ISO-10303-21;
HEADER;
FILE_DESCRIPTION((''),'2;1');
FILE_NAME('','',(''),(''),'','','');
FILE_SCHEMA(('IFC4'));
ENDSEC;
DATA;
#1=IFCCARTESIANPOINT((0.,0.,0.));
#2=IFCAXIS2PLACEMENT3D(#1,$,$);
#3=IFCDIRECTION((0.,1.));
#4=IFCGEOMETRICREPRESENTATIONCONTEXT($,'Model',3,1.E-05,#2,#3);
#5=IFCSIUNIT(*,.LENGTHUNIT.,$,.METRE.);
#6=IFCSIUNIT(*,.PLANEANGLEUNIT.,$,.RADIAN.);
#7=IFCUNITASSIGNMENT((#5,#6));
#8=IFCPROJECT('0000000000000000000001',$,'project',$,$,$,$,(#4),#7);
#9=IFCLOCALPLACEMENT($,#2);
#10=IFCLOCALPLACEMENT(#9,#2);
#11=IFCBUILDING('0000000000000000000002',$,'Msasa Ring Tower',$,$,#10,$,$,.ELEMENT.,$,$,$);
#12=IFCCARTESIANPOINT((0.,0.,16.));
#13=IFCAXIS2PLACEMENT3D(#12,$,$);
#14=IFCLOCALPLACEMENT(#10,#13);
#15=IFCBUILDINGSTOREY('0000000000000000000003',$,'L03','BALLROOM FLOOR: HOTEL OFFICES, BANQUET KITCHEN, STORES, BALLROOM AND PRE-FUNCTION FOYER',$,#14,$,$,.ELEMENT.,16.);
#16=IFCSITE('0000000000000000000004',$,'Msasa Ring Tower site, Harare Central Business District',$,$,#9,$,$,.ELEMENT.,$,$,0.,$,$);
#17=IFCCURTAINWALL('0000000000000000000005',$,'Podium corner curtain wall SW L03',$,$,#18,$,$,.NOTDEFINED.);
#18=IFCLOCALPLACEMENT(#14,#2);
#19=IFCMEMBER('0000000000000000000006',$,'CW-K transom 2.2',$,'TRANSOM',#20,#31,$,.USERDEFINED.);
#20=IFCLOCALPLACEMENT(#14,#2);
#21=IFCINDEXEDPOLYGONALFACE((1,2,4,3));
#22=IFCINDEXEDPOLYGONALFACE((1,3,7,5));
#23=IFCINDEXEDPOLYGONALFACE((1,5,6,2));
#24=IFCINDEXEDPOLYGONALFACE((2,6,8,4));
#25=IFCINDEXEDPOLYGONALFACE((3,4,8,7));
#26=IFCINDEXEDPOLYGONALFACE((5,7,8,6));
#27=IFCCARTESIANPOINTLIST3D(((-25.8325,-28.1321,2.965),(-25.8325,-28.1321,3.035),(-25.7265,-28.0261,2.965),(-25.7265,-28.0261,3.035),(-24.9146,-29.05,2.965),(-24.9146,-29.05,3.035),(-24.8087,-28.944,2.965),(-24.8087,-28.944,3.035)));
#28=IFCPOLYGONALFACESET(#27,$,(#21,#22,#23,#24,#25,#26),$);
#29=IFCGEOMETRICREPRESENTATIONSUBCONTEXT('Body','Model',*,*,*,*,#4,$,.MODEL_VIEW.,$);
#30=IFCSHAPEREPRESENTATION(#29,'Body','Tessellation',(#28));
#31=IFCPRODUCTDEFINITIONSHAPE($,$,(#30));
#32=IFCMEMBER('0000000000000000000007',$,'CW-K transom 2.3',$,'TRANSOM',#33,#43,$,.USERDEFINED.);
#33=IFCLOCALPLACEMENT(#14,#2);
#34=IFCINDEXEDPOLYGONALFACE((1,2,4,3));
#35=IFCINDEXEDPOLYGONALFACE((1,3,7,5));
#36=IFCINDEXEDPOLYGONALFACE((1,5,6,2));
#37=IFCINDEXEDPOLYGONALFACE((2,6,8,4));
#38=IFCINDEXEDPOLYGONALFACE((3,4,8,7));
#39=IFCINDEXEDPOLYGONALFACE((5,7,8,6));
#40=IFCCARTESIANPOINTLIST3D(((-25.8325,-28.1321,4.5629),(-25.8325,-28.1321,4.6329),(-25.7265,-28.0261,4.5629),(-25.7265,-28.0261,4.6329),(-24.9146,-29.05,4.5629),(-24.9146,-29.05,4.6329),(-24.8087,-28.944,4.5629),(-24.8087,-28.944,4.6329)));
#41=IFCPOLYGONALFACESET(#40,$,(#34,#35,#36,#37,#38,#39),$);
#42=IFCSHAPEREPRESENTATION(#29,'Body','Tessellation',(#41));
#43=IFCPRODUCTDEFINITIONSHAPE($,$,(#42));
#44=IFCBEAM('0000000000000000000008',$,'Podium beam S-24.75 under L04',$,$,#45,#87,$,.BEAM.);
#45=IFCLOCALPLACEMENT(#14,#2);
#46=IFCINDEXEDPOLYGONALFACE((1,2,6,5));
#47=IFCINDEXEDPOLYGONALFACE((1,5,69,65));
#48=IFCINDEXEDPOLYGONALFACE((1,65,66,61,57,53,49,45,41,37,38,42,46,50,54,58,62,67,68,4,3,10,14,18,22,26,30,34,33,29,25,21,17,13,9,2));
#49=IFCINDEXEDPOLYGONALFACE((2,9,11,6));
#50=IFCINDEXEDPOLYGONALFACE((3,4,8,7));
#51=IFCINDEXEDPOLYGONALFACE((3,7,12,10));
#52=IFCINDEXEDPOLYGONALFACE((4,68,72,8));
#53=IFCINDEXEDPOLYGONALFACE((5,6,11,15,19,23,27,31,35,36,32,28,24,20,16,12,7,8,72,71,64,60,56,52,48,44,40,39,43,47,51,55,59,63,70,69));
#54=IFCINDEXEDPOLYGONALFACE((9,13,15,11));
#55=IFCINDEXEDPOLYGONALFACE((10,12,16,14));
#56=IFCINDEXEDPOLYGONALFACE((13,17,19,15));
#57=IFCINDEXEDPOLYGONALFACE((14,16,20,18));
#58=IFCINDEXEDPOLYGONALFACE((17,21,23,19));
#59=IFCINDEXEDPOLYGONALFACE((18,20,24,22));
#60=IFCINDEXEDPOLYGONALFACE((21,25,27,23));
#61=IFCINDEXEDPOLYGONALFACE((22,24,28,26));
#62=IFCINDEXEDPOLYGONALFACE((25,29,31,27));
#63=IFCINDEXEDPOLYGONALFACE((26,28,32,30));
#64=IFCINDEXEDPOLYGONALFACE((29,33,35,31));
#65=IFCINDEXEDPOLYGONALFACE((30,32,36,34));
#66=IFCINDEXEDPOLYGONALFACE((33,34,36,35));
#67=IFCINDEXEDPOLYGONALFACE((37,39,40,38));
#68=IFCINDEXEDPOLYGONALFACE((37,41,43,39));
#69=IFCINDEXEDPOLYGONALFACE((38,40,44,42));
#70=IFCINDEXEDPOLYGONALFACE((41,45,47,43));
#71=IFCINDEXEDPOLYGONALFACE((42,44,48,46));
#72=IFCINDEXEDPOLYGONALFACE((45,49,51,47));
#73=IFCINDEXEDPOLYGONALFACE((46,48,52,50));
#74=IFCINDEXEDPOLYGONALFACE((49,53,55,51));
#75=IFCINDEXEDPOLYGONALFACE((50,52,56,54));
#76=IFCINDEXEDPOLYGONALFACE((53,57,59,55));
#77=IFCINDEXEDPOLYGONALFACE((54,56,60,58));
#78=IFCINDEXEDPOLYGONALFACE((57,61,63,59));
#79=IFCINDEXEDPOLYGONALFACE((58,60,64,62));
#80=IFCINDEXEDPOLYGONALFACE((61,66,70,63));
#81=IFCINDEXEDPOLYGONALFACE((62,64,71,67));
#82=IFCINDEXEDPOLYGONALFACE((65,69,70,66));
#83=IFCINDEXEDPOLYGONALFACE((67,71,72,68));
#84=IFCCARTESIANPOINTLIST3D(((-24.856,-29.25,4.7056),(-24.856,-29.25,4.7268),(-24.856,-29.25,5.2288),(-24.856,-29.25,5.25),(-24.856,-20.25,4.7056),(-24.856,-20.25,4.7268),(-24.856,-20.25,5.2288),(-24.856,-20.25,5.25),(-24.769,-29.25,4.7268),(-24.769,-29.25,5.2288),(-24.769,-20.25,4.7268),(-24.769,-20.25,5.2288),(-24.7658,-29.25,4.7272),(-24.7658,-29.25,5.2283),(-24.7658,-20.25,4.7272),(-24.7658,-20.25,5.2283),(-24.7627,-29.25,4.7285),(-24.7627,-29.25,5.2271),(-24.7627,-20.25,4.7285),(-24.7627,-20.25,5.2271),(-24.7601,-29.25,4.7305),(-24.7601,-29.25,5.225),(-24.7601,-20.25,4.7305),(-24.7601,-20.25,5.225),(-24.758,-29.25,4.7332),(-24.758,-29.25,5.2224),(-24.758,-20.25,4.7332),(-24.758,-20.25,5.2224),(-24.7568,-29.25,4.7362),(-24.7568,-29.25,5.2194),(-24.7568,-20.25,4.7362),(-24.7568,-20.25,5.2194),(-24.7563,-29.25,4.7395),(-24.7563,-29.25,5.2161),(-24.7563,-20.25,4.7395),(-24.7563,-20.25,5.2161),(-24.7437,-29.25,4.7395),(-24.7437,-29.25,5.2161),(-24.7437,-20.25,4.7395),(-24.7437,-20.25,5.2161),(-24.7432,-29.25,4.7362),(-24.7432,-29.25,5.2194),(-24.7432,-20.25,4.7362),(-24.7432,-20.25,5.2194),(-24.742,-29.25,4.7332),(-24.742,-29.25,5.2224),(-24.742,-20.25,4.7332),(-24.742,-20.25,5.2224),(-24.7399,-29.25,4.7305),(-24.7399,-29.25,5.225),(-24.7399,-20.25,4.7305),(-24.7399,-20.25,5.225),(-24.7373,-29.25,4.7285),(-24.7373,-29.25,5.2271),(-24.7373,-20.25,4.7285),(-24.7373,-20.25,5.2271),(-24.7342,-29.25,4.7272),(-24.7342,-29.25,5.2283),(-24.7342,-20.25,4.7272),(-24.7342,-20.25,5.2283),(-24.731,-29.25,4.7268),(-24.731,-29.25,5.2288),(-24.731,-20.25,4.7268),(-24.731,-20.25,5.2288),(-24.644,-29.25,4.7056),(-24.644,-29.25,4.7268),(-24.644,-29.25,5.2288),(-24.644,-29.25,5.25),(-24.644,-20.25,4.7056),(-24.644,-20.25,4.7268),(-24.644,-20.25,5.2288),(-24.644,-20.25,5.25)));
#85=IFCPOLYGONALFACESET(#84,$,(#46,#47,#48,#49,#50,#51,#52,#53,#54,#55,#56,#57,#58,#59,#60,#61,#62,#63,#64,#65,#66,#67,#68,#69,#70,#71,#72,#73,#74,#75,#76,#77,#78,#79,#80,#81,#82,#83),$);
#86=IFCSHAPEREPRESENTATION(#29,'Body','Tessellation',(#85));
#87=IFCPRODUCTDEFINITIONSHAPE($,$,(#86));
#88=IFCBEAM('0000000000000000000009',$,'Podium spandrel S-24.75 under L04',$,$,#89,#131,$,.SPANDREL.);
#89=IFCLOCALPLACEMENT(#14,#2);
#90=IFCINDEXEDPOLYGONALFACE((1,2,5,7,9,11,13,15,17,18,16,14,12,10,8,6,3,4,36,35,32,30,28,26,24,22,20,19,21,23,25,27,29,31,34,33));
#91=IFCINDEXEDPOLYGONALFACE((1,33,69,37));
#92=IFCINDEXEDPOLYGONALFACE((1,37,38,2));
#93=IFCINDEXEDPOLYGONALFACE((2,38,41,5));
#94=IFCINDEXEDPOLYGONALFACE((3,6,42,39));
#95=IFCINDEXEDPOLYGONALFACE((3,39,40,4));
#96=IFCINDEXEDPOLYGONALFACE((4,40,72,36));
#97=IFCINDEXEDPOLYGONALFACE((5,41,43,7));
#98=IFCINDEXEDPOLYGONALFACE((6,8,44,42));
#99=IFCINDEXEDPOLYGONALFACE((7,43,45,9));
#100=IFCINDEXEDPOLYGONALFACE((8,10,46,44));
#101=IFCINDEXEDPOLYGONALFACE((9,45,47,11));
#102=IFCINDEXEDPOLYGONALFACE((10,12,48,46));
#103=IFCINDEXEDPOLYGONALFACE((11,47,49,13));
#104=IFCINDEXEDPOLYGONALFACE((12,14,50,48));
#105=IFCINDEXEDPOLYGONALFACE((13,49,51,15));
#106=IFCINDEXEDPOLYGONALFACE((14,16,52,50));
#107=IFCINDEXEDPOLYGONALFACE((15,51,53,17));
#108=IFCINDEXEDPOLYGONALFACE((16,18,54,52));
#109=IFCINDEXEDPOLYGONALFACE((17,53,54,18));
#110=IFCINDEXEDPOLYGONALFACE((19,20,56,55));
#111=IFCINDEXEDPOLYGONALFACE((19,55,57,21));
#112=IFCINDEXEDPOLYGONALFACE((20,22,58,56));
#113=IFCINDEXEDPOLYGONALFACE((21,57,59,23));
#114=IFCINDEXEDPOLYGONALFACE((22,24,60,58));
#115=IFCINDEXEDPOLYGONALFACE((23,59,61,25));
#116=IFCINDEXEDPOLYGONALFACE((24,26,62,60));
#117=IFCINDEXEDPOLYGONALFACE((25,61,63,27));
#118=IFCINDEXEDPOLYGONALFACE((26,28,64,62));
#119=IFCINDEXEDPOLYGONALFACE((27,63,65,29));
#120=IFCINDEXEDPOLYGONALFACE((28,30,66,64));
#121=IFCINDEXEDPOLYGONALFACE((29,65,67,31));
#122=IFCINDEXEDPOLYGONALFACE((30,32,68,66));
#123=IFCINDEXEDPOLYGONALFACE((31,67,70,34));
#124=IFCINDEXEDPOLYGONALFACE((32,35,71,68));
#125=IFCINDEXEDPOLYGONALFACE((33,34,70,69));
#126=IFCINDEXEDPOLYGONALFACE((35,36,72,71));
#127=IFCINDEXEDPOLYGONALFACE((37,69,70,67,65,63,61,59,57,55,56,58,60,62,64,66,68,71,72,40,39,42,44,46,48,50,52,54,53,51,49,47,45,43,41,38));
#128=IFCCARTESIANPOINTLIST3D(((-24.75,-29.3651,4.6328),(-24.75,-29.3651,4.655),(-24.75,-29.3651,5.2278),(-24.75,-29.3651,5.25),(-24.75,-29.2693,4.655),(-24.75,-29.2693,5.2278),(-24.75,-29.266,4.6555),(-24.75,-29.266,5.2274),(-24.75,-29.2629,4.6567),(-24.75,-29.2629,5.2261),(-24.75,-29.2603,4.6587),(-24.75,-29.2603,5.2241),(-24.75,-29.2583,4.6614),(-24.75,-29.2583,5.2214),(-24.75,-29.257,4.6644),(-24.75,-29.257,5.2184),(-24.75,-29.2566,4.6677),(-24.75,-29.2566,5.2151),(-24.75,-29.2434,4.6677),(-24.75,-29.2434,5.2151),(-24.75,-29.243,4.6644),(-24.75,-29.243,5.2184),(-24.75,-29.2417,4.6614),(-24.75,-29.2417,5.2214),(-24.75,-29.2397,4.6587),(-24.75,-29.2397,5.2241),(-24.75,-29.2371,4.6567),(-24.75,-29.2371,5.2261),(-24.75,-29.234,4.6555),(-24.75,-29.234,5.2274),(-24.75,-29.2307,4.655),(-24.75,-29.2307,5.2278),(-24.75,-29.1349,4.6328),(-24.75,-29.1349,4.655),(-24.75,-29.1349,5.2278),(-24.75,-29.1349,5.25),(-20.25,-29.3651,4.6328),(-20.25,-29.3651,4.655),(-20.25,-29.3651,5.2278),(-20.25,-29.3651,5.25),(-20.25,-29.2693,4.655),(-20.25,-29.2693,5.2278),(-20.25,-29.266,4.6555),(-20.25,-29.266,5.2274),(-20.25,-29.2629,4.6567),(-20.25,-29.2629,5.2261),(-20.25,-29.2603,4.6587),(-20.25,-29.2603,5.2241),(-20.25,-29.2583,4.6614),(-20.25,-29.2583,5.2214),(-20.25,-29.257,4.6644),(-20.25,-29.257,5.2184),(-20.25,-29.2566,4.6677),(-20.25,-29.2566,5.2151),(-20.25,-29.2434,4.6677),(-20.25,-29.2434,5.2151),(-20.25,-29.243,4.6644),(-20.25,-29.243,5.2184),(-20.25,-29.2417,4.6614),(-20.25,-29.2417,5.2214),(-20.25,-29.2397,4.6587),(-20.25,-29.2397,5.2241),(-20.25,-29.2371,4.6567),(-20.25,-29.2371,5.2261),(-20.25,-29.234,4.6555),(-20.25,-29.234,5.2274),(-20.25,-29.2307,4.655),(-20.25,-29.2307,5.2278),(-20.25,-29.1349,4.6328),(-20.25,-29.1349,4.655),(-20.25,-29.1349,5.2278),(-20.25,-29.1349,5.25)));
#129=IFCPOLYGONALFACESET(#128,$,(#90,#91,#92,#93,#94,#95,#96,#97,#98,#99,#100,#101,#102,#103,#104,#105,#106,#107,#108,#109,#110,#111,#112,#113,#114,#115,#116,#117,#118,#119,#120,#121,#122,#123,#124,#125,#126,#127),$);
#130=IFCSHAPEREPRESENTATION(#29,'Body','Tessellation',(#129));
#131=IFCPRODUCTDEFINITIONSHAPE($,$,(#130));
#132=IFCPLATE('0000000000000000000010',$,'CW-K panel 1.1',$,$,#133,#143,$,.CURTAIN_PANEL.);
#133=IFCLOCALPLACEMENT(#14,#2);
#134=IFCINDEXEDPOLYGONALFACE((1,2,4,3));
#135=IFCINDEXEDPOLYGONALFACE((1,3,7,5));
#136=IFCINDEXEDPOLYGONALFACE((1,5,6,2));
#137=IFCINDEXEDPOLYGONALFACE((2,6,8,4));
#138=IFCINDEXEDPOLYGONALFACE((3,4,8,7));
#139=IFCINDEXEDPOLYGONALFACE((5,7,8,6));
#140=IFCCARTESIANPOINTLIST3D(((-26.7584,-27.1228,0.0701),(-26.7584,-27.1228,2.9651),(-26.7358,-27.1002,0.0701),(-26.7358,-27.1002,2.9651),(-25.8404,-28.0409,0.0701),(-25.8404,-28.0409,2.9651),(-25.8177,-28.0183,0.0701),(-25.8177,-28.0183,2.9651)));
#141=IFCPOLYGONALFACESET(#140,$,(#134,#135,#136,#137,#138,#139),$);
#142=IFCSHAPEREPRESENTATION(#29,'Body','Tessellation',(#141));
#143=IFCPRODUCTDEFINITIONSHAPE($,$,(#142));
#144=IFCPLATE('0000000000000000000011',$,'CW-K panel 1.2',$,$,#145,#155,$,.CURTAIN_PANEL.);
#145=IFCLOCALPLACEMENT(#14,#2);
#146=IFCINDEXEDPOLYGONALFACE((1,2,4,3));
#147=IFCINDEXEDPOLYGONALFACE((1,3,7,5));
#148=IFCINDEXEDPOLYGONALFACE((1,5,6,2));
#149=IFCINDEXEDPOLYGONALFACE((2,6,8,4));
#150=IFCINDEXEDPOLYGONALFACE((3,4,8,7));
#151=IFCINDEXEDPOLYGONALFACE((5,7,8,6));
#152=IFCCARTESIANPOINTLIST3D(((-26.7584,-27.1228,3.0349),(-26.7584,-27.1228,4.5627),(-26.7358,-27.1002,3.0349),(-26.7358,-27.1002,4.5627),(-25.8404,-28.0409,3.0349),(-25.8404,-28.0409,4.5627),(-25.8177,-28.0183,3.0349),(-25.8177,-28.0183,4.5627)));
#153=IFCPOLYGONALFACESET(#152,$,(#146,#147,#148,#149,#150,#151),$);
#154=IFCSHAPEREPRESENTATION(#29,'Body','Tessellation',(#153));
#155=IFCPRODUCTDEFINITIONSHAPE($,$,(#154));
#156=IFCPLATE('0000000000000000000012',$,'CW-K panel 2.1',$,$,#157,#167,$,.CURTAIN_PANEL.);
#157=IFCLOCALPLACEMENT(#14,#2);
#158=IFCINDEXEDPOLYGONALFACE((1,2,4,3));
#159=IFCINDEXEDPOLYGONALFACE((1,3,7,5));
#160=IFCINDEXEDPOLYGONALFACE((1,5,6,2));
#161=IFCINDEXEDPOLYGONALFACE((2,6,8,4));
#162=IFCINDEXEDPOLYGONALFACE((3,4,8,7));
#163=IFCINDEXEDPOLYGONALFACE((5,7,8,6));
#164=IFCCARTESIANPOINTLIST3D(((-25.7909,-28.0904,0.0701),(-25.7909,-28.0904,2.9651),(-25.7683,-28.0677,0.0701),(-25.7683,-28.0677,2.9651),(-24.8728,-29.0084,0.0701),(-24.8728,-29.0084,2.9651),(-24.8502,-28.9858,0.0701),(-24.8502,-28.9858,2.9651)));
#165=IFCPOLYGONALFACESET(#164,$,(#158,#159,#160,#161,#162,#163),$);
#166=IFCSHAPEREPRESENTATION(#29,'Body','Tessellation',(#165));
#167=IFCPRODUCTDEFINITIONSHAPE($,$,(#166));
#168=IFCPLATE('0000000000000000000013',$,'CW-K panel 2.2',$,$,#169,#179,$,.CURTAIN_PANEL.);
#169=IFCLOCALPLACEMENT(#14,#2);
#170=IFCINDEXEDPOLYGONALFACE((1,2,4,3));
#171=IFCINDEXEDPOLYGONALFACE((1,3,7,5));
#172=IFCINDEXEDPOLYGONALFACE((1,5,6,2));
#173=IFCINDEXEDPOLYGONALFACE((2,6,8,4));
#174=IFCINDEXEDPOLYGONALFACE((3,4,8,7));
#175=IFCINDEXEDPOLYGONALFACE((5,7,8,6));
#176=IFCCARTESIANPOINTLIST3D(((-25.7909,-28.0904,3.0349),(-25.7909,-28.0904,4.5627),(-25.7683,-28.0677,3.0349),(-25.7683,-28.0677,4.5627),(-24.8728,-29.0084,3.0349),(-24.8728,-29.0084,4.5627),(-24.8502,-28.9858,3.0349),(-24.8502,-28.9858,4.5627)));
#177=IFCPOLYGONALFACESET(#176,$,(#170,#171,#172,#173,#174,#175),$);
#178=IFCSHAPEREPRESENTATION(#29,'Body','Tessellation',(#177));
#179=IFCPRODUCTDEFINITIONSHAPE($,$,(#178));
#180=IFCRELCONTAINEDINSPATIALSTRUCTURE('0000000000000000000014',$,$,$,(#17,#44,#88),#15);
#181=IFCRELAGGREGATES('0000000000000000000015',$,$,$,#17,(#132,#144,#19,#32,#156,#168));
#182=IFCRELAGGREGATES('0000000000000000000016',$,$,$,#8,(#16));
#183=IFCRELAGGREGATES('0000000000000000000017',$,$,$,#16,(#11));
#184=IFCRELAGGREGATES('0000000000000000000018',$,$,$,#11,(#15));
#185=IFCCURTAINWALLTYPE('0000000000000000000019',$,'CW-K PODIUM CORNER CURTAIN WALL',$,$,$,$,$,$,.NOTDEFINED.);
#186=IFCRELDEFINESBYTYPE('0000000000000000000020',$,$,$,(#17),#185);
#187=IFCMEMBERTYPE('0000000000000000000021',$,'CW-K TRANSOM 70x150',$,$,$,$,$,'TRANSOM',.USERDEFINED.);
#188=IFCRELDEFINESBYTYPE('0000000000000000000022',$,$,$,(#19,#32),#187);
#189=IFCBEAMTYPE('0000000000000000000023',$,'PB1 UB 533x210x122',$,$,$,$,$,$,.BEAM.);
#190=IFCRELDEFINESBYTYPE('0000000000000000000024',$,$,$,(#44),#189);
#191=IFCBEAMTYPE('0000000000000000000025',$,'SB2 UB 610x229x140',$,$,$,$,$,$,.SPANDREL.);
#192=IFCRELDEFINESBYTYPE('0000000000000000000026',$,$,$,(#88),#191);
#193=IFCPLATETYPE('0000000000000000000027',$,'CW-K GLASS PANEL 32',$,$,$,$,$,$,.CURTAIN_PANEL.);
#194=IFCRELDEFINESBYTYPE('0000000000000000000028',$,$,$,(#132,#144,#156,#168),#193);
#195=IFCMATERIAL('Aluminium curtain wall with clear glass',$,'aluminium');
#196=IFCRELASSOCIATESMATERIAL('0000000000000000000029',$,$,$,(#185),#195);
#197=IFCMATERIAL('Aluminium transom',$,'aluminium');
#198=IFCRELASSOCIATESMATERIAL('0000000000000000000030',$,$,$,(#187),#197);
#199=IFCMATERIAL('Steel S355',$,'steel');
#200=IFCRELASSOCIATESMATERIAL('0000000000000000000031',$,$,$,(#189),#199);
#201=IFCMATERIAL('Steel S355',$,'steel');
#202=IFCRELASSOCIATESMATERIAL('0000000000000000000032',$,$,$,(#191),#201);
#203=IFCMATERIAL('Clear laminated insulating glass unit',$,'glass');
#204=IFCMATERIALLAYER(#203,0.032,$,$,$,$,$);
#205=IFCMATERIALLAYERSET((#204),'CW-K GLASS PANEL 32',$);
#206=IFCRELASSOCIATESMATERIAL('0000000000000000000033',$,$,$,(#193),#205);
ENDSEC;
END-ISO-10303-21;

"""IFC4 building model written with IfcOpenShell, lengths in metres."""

from ifc_helpers import new_model, si_unit, direction, frame, origin, origin_2d, place, context, subcontext, project, spatial, rectangle, i_section, extrude, material, layer, layer_set, material_profile, profile_set, type_object, element, aggregate, save


model = new_model("IFC4")

# Units and contexts
model_context = context("Model", 3, precision=1e-05, world=origin(), true_north=direction((0.0, 1.0)))
body_context = subcontext(model_context, "Body", "Model", "MODEL_VIEW")
ifc_project = project(units=[si_unit("LENGTHUNIT", "METRE"), si_unit("PLANEANGLEUNIT", "RADIAN")], contexts=[model_context])

# Site, building, storey
site_placement = place(None, origin())
site = spatial("IfcSite", under=ifc_project, at=site_placement, Name="Msasa Ring Tower site, Harare Central Business District", CompositionType="ELEMENT", RefElevation=0.0)
building_placement = place(site_placement, origin())
building = spatial("IfcBuilding", under=site, at=building_placement, Name="Msasa Ring Tower", CompositionType="ELEMENT")
storey_placement = place(building_placement, frame((0.0, 0.0, 16.0)))
storey = spatial("IfcBuildingStorey", under=building, at=storey_placement, Name="L03", Description="BALLROOM FLOOR: HOTEL OFFICES, BANQUET KITCHEN, STORES, BALLROOM AND PRE-FUNCTION FOYER", CompositionType="ELEMENT", Elevation=16.0)

# Curtain wall, members
ifc_material_1 = material(Name="Aluminium curtain wall with clear glass", Category="aluminium")
curtain_wall_type = type_object("IfcCurtainWallType", Name="CW-K PODIUM CORNER CURTAIN WALL", PredefinedType="NOTDEFINED", material=ifc_material_1)
curtain_wall_placement = place(storey_placement, origin())
curtain_wall = element("IfcCurtainWall", 1, at=curtain_wall_placement, inside=storey, type_object=curtain_wall_type, Name="Podium corner curtain wall SW L03", PredefinedType="NOTDEFINED")
ifc_material_2 = material(Name="Aluminium transom", Category="aluminium")
ifc_material_profile_1 = material_profile(ifc_material_2, rectangle(XDim=0.1499, YDim=0.0701, at=origin_2d()), Name="AL 70x150")
ifc_profile_set_1 = profile_set([ifc_material_profile_1], Name="Aluminium transom")
member_type_1 = type_object("IfcMemberType", Name="CW-K TRANSOM 70x150", ElementType="TRANSOM", PredefinedType="USERDEFINED", material=ifc_profile_set_1)
member_1_placement = place(storey_placement, frame((-25.7795, -28.0791, 3.0), z_axis=(0.707107, -0.707107, 0.0), x_axis=(0.707107, 0.707107, 0.0)))
member_1 = element("IfcMember", 2, at=member_1_placement, type_object=member_type_1, Name="CW-K transom 2.2", ObjectType="TRANSOM", PredefinedType="USERDEFINED", context=body_context, shape_type="SweptSolid", body=[
    extrude(rectangle(XDim=0.1499, YDim=0.0701, at=origin_2d()), origin(), (0.0, 0.0, 1.0), 1.2981),
])
member_2_placement = place(storey_placement, frame((-25.7795, -28.0791, 4.5979), z_axis=(0.707107, -0.707107, 0.0), x_axis=(0.707107, 0.707107, 0.0)))
member_2 = element("IfcMember", 3, at=member_2_placement, type_object=member_type_1, Name="CW-K transom 2.3", ObjectType="TRANSOM", PredefinedType="USERDEFINED", context=body_context, shape_type="SweptSolid", body=[
    extrude(rectangle(XDim=0.1499, YDim=0.0701, at=origin_2d()), origin(), (0.0, 0.0, 1.0), 1.2981),
])

# Beams
ifc_material_3 = material(Name="Steel S355", Category="steel")
ifc_material_profile_2 = material_profile(ifc_material_3, i_section(OverallWidth=0.2119, OverallDepth=0.5444, WebThickness=0.0127, FlangeThickness=0.0212, FilletRadius=0.0127, at=origin_2d()), Name="UB 533x210x122")
ifc_profile_set_2 = profile_set([ifc_material_profile_2], Name="Steel S355")
beam_type_1 = type_object("IfcBeamType", Name="PB1 UB 533x210x122", PredefinedType="BEAM", material=ifc_profile_set_2)
beam_1_placement = place(storey_placement, frame((-24.75, -29.25, 4.9778), z_axis=(0.0, 1.0, 0.0), x_axis=(-1.0, 0.0, 0.0)))
element("IfcBeam", 4, at=beam_1_placement, inside=storey, type_object=beam_type_1, Name="Podium beam S-24.75 under L04", PredefinedType="BEAM", context=body_context, shape_type="SweptSolid", body=[
    extrude(i_section(OverallWidth=0.2119, OverallDepth=0.5444, WebThickness=0.0127, FlangeThickness=0.0212, FilletRadius=0.0127, at=origin_2d()), origin(), (0.0, 0.0, 1.0), 9.0),
])
ifc_material_4 = material(Name="Steel S355", Category="steel")
ifc_material_profile_3 = material_profile(ifc_material_4, i_section(OverallWidth=0.2302, OverallDepth=0.6172, WebThickness=0.0132, FlangeThickness=0.0222, FilletRadius=0.0127, at=origin_2d()), Name="UB 610x229x140")
ifc_profile_set_3 = profile_set([ifc_material_profile_3], Name="Steel S355")
beam_type_2 = type_object("IfcBeamType", Name="SB2 UB 610x229x140", PredefinedType="SPANDREL", material=ifc_profile_set_3)
beam_2_placement = place(storey_placement, frame((-24.75, -29.25, 4.9414), z_axis=(1.0, 0.0, 0.0), x_axis=(0.0, 1.0, 0.0)))
element("IfcBeam", 5, at=beam_2_placement, inside=storey, type_object=beam_type_2, Name="Podium spandrel S-24.75 under L04", PredefinedType="SPANDREL", context=body_context, shape_type="SweptSolid", body=[
    extrude(i_section(OverallWidth=0.2302, OverallDepth=0.6172, WebThickness=0.0132, FlangeThickness=0.0222, FilletRadius=0.0127, at=origin_2d()), origin(), (0.0, 0.0, 1.0), 4.5),
])

# Plates
ifc_material_5 = material(Name="Clear laminated insulating glass unit", Category="glass")
ifc_layer_1 = layer(ifc_material_5, 0.032)
ifc_layer_set_1 = layer_set([ifc_layer_1], Name="CW-K GLASS PANEL 32")
plate_type = type_object("IfcPlateType", Name="CW-K GLASS PANEL 32", PredefinedType="CURTAIN_PANEL", material=ifc_layer_set_1)
plate_1_placement = place(storey_placement, frame((-26.2881, -27.5706, 0.0701), z_axis=(0.0, 0.0, 1.0), x_axis=(0.707107, -0.707107, 0.0)))
plate_1 = element("IfcPlate", 6, at=plate_1_placement, type_object=plate_type, Name="CW-K panel 1.1", PredefinedType="CURTAIN_PANEL", context=body_context, shape_type="SweptSolid", body=[
    extrude(rectangle(XDim=1.2983, YDim=0.032, at=origin_2d()), origin(), (0.0, 0.0, 1.0), 2.895),
])
plate_2_placement = place(storey_placement, frame((-26.2881, -27.5706, 3.0349), z_axis=(0.0, 0.0, 1.0), x_axis=(0.707107, -0.707107, 0.0)))
plate_2 = element("IfcPlate", 7, at=plate_2_placement, type_object=plate_type, Name="CW-K panel 1.2", PredefinedType="CURTAIN_PANEL", context=body_context, shape_type="SweptSolid", body=[
    extrude(rectangle(XDim=1.2983, YDim=0.032, at=origin_2d()), origin(), (0.0, 0.0, 1.0), 1.5278),
])
plate_3_placement = place(storey_placement, frame((-25.3206, -28.5381, 0.0701), z_axis=(0.0, 0.0, 1.0), x_axis=(0.707107, -0.707107, 0.0)))
plate_3 = element("IfcPlate", 8, at=plate_3_placement, type_object=plate_type, Name="CW-K panel 2.1", PredefinedType="CURTAIN_PANEL", context=body_context, shape_type="SweptSolid", body=[
    extrude(rectangle(XDim=1.2983, YDim=0.032, at=origin_2d()), origin(), (0.0, 0.0, 1.0), 2.895),
])
plate_4_placement = place(storey_placement, frame((-25.3206, -28.5381, 3.0349), z_axis=(0.0, 0.0, 1.0), x_axis=(0.707107, -0.707107, 0.0)))
plate_4 = element("IfcPlate", 9, at=plate_4_placement, type_object=plate_type, Name="CW-K panel 2.2", PredefinedType="CURTAIN_PANEL", context=body_context, shape_type="SweptSolid", body=[
    extrude(rectangle(XDim=1.2983, YDim=0.032, at=origin_2d()), origin(), (0.0, 0.0, 1.0), 1.5278),
])
aggregate(curtain_wall, [plate_1, plate_2, member_1, member_2, plate_3, plate_4])

save(model, "model.ifc")
